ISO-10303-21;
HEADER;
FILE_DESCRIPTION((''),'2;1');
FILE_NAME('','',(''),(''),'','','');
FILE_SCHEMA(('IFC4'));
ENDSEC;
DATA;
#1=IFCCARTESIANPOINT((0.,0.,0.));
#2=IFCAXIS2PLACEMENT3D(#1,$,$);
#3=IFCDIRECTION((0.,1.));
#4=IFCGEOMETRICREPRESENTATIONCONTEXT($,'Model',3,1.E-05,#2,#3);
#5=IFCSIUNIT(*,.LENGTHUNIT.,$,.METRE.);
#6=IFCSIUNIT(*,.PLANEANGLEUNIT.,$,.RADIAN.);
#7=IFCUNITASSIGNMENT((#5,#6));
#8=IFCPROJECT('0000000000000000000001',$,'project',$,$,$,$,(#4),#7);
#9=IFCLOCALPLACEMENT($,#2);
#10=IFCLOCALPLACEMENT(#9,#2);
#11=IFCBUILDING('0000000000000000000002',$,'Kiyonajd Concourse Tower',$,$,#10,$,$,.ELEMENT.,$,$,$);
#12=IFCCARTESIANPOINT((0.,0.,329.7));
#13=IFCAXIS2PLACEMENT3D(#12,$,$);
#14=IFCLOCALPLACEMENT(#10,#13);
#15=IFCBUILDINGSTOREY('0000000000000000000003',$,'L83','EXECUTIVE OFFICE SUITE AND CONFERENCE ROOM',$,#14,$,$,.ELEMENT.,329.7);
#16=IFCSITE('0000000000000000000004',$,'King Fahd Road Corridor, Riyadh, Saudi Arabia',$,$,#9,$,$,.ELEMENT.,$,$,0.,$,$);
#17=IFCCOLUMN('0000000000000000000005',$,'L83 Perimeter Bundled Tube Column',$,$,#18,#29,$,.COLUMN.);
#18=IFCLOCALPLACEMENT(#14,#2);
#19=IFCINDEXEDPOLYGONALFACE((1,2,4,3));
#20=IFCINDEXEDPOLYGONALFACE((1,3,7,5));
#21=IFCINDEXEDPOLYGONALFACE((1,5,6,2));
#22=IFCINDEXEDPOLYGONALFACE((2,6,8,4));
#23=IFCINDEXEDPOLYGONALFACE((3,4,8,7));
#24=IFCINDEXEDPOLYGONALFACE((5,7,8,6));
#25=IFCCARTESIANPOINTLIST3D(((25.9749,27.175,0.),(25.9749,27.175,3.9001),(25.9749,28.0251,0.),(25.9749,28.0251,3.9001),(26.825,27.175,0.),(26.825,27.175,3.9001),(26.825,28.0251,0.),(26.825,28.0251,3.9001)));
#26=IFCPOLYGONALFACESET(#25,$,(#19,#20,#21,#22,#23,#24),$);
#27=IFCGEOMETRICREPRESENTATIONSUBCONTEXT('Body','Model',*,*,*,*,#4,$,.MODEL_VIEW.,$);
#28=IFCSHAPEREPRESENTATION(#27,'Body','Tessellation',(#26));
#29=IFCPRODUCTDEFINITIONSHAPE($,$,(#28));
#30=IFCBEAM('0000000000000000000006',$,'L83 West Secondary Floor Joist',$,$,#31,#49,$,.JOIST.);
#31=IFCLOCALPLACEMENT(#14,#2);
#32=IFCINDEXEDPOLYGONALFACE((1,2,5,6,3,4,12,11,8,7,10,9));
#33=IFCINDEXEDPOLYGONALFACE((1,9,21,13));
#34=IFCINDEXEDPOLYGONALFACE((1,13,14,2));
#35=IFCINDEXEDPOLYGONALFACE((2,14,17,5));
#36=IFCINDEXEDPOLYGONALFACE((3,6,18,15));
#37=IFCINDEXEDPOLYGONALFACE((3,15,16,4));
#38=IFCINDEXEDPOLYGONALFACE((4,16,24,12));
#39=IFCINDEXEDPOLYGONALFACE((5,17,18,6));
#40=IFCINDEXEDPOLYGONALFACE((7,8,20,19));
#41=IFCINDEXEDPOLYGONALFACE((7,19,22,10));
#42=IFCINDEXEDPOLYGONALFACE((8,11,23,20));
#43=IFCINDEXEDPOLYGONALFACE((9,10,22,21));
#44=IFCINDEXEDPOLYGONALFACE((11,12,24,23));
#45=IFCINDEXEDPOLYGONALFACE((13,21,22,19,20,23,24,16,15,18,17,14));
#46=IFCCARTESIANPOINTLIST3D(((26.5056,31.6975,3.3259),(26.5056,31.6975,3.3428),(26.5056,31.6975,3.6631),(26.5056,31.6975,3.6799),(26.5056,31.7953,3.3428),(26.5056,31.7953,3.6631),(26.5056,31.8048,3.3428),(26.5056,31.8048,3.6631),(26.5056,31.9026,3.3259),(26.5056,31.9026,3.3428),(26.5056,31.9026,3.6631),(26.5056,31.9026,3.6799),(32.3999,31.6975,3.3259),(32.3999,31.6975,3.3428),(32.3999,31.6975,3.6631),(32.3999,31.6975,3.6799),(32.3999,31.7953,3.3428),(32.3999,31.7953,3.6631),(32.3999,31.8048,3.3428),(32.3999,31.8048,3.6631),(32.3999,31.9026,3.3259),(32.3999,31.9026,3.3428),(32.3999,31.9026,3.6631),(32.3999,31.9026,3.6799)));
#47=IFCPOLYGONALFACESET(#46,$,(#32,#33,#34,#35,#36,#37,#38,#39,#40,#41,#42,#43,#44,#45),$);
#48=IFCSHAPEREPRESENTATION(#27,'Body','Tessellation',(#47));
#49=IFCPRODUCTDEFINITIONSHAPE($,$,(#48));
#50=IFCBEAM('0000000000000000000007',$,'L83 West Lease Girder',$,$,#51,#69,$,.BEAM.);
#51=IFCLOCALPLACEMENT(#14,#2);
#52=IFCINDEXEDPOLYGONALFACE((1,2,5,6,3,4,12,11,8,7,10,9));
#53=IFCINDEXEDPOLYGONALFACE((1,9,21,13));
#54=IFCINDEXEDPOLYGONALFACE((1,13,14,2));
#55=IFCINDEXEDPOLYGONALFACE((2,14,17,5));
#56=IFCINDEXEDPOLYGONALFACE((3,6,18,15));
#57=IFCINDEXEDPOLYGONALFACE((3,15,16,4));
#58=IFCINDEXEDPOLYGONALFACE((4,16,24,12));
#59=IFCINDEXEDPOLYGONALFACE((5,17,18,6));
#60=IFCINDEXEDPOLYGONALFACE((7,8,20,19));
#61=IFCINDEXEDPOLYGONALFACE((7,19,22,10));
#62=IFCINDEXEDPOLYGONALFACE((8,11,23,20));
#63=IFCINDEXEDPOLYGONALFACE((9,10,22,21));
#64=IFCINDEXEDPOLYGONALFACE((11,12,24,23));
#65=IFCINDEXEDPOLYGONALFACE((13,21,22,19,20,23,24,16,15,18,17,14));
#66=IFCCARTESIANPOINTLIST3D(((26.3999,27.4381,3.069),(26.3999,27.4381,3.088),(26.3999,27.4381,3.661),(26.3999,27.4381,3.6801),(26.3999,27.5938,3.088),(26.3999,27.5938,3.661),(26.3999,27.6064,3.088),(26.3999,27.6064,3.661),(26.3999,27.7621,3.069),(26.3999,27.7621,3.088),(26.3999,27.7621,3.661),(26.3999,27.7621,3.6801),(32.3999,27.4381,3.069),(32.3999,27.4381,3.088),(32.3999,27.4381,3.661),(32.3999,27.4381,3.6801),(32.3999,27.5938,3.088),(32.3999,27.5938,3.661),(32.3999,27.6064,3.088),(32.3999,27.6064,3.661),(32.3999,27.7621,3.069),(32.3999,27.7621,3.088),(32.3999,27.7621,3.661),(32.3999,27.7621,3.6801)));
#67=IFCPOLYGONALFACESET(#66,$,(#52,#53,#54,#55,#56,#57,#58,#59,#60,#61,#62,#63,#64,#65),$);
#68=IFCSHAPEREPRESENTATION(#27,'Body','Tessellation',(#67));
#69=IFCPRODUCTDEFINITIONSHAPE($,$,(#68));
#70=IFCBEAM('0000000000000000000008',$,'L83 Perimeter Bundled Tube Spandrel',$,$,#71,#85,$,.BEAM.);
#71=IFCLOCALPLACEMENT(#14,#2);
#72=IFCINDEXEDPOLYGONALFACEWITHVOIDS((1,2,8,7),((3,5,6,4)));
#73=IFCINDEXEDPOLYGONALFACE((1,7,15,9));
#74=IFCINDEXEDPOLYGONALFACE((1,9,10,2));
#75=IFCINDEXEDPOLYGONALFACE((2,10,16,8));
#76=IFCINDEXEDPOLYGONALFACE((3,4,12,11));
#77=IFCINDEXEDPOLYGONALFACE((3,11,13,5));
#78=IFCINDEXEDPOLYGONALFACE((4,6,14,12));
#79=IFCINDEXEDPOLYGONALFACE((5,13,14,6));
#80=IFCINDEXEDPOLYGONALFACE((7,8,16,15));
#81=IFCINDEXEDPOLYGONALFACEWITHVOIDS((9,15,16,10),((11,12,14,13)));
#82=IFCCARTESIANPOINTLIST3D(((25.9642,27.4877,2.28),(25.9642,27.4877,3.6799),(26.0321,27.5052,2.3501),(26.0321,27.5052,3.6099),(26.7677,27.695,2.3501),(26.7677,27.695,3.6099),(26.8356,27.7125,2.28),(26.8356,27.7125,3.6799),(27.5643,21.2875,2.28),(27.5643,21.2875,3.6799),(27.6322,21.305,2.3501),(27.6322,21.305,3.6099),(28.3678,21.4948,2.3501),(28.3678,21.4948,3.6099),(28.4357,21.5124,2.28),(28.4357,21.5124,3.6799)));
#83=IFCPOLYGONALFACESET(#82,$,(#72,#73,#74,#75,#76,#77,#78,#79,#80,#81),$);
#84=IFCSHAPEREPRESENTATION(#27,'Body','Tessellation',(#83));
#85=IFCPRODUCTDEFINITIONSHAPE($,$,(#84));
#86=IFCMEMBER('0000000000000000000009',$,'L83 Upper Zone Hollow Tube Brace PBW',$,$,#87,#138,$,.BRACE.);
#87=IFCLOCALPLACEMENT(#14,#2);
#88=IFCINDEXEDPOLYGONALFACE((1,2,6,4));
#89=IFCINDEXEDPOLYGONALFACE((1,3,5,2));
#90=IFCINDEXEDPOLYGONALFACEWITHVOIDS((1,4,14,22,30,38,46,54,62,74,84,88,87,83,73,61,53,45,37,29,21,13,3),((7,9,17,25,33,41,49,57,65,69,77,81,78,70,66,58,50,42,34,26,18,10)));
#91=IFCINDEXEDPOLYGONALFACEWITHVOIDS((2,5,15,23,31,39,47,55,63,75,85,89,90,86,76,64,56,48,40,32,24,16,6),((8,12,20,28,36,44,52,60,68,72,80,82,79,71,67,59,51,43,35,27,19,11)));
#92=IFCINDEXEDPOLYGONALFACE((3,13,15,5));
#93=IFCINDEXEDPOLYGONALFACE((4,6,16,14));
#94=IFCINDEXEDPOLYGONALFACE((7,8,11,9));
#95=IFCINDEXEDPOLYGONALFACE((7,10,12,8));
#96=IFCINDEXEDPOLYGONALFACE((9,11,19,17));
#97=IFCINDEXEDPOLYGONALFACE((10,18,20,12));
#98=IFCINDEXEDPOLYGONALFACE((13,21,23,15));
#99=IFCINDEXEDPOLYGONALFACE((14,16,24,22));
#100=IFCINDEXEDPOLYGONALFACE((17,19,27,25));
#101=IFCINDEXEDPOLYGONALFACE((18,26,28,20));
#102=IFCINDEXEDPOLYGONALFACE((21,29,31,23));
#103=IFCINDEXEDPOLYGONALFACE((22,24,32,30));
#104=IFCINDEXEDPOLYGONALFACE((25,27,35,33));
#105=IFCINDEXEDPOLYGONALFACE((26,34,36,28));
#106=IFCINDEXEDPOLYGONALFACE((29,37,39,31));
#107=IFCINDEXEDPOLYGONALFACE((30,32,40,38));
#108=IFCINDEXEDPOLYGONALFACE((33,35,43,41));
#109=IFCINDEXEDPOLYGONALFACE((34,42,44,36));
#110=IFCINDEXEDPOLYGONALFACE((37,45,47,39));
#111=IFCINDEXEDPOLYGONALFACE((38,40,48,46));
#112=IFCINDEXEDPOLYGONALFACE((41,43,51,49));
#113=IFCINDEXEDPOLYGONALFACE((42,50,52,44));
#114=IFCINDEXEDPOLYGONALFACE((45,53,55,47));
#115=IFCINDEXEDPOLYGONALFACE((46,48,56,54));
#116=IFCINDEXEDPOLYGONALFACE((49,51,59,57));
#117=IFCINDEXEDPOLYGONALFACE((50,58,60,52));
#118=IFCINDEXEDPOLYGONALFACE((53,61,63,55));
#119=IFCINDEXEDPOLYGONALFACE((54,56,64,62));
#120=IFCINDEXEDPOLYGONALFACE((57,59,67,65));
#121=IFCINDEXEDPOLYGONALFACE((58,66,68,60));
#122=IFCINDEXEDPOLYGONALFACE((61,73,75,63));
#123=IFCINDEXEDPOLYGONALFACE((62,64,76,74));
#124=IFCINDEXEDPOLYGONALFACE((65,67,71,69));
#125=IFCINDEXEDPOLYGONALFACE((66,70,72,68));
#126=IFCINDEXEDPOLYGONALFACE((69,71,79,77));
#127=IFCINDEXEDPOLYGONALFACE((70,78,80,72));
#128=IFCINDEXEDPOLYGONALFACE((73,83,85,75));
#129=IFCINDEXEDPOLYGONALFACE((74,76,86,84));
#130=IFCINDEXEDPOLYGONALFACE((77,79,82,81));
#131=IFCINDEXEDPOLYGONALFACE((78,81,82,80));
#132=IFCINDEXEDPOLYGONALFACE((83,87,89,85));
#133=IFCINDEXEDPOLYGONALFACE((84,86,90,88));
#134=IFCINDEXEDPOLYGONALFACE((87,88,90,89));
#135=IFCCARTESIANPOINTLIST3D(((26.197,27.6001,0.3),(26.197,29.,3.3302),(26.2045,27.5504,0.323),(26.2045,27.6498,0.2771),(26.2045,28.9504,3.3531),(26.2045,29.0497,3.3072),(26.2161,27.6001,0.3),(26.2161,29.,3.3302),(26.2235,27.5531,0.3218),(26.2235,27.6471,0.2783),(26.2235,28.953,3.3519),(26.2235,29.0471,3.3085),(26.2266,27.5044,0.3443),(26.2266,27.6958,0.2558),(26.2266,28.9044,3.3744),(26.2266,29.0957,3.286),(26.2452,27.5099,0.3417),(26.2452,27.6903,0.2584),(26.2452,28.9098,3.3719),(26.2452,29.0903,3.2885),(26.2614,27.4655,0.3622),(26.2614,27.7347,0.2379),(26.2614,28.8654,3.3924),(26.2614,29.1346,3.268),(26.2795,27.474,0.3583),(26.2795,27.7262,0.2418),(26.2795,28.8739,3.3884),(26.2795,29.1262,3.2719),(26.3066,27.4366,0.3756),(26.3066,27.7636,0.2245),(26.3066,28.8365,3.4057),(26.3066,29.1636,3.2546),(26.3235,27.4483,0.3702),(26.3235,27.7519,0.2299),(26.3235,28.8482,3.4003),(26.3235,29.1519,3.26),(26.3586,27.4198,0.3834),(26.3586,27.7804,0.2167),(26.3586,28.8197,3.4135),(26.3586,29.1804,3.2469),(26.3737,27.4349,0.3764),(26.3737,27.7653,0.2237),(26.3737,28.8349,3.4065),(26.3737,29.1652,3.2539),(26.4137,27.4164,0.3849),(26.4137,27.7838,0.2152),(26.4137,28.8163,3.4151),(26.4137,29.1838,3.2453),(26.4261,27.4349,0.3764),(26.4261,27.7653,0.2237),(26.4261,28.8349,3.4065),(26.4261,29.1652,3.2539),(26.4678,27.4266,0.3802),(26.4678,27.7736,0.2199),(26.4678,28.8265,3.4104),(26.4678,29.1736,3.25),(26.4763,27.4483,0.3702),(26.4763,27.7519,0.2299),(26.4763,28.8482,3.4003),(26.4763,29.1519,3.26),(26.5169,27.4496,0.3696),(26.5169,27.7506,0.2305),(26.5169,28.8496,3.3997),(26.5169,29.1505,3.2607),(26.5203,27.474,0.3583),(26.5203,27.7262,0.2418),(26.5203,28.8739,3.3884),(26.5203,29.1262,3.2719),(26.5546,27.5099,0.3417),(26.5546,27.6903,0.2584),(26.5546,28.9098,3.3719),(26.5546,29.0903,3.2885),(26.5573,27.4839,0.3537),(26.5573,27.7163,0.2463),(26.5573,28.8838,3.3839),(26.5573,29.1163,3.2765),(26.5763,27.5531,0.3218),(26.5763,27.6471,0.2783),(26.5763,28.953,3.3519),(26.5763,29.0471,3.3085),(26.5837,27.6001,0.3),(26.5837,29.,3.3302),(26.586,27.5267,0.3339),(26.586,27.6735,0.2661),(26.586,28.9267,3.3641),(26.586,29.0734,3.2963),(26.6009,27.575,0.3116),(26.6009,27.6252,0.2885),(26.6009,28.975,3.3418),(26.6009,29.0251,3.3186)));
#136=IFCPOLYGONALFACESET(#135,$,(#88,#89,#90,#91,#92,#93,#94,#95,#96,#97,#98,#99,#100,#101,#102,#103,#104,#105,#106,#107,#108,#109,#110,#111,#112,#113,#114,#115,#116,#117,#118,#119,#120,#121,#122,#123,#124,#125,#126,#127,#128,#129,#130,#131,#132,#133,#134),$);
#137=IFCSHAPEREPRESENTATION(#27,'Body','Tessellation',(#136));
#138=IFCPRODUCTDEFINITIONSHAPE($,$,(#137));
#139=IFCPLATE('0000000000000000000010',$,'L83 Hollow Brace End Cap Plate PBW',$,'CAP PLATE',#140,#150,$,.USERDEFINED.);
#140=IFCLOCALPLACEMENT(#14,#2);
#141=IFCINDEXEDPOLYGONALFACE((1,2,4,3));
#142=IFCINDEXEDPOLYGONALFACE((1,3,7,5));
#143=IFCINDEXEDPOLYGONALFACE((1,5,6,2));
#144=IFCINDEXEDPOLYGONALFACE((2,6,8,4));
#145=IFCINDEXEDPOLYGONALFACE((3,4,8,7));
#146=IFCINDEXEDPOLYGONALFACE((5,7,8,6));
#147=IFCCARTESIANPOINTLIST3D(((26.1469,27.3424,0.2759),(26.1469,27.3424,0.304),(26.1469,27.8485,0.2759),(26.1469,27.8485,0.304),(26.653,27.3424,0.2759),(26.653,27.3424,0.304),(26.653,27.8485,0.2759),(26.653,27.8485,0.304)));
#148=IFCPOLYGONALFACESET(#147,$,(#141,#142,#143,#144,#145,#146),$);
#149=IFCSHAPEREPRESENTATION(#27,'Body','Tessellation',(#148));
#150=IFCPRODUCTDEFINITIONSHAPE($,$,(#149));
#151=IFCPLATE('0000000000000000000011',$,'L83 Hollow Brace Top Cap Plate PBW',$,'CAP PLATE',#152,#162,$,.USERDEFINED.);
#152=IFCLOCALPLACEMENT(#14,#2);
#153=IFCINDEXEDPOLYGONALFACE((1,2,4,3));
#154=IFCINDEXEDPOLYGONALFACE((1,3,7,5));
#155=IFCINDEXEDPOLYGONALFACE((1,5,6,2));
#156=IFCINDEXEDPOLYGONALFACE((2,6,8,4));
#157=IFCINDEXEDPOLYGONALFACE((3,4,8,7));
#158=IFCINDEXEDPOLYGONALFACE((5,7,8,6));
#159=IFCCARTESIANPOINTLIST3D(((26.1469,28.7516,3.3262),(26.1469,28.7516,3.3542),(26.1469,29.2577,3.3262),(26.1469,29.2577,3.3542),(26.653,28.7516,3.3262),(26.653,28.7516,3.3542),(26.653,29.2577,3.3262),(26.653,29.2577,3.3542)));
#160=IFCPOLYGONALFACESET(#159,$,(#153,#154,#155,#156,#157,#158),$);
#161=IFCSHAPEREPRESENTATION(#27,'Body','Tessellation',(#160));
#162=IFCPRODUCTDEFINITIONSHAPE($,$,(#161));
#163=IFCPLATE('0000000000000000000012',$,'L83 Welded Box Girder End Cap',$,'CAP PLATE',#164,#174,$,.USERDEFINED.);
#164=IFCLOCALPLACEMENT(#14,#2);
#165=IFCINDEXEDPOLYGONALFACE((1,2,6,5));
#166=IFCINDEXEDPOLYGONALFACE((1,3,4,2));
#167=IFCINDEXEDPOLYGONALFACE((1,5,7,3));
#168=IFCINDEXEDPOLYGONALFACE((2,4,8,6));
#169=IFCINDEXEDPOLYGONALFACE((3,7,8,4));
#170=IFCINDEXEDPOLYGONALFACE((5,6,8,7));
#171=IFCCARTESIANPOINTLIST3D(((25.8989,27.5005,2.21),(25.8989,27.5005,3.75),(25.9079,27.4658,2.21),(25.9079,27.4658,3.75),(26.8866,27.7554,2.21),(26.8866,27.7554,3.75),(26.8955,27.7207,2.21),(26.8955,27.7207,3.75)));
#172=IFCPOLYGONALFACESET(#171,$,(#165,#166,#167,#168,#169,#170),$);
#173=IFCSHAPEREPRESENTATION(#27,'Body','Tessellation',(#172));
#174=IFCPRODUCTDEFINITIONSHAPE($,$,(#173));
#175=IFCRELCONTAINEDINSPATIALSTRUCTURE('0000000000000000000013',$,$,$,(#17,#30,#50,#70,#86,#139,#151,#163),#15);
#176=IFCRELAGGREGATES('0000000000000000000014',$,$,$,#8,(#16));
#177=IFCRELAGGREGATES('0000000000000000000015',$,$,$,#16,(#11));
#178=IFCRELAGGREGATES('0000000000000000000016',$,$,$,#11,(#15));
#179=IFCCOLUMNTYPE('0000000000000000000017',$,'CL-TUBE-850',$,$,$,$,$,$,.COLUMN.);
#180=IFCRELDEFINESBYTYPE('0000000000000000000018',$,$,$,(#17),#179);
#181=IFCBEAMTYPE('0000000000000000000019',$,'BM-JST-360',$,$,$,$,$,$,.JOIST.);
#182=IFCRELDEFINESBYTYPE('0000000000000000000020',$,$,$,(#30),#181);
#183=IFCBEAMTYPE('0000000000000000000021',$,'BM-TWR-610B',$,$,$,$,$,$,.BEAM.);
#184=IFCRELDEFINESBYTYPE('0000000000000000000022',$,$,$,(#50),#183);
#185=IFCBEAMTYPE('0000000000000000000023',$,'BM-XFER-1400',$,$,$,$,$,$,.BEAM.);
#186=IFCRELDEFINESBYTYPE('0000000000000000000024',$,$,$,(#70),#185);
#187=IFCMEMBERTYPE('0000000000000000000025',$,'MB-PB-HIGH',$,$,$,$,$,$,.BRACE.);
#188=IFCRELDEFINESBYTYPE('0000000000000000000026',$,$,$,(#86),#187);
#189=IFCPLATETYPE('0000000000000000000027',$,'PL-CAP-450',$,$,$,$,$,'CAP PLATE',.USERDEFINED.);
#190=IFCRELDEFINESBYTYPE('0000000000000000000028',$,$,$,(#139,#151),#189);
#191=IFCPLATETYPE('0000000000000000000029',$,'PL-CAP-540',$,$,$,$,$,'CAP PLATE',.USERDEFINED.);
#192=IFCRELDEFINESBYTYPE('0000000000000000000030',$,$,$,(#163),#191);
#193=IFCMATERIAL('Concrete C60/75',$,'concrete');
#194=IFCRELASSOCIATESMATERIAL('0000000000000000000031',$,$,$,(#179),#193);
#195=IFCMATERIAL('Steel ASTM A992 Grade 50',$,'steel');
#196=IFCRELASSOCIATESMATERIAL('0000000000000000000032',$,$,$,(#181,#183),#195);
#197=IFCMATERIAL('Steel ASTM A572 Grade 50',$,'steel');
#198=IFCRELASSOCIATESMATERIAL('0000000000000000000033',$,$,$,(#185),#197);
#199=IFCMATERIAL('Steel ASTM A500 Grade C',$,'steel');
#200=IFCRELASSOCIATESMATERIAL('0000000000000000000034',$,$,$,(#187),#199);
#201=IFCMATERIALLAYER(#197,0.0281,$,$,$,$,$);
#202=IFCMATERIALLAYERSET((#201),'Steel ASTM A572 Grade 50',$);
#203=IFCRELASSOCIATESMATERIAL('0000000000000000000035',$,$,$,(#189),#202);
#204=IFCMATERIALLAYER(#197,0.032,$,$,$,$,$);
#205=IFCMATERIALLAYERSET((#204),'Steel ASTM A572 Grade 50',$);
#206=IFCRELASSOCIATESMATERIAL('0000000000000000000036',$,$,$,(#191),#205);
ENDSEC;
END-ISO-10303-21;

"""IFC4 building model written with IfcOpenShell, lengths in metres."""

from ifc_helpers import new_model, si_unit, direction, frame, origin, origin_2d, place, context, subcontext, project, spatial, rectangle, hollow_rectangle, hollow_circle, i_section, extrude, material, layer, layer_set, material_profile, profile_set, type_object, element, save


model = new_model("IFC4")

# Units and contexts
model_context = context("Model", 3, precision=1e-05, world=origin(), true_north=direction((0.0, 1.0)))
body_context = subcontext(model_context, "Body", "Model", "MODEL_VIEW")
ifc_project = project(units=[si_unit("LENGTHUNIT", "METRE"), si_unit("PLANEANGLEUNIT", "RADIAN")], contexts=[model_context])

# Site, building, storey
site_placement = place(None, origin())
site = spatial("IfcSite", under=ifc_project, at=site_placement, Name="King Fahd Road Corridor, Riyadh, Saudi Arabia", CompositionType="ELEMENT", RefElevation=0.0)
building_placement = place(site_placement, origin())
building = spatial("IfcBuilding", under=site, at=building_placement, Name="Kiyonajd Concourse Tower", CompositionType="ELEMENT")
storey_placement = place(building_placement, frame((0.0, 0.0, 329.7)))
storey = spatial("IfcBuildingStorey", under=building, at=storey_placement, Name="L83", Description="EXECUTIVE OFFICE SUITE AND CONFERENCE ROOM", CompositionType="ELEMENT", Elevation=329.7)

# Column
ifc_material_1 = material(Name="Concrete C60/75", Category="concrete")
ifc_material_profile_1 = material_profile(ifc_material_1, rectangle(XDim=0.8501, YDim=0.8501, at=origin_2d()), Name="RC-850x850")
ifc_profile_set_1 = profile_set([ifc_material_profile_1], Name="Concrete C60/75")
column_type = type_object("IfcColumnType", Name="CL-TUBE-850", PredefinedType="COLUMN", material=ifc_profile_set_1)
column_placement = place(storey_placement, frame((26.3999, 27.6001, 0.0), z_axis=(0.0, 0.0, 1.0), x_axis=(1.0, 0.0, 0.0)))
element("IfcColumn", 1, at=column_placement, inside=storey, type_object=column_type, Name="L83 Perimeter Bundled Tube Column", PredefinedType="COLUMN", context=body_context, shape_type="SweptSolid", body=[
    extrude(rectangle(XDim=0.8501, YDim=0.8501, at=origin_2d()), origin(), (0.0, 0.0, 1.0), 3.9001),
])

# Beams
ifc_material_2 = material(Name="Steel ASTM A992 Grade 50", Category="steel")
ifc_material_profile_2 = material_profile(ifc_material_2, i_section(OverallWidth=0.2051, OverallDepth=0.354, WebThickness=0.0095, FlangeThickness=0.0168, at=origin_2d()), Name="W360X79")
ifc_profile_set_2 = profile_set([ifc_material_profile_2], Name="Steel ASTM A992 Grade 50")
beam_type_1 = type_object("IfcBeamType", Name="BM-JST-360", PredefinedType="JOIST", material=ifc_profile_set_2)
beam_1_placement = place(storey_placement, frame((26.5056, 31.8, 3.5029), z_axis=(1.0, 0.0, 0.0), x_axis=(0.0, 1.0, 0.0)))
element("IfcBeam", 2, at=beam_1_placement, inside=storey, type_object=beam_type_1, Name="L83 West Secondary Floor Joist", PredefinedType="JOIST", context=body_context, shape_type="SweptSolid", body=[
    extrude(i_section(OverallWidth=0.2051, OverallDepth=0.354, WebThickness=0.0095, FlangeThickness=0.0168, at=origin_2d()), origin(), (0.0, 0.0, 1.0), 5.8943),
])
ifc_material_profile_3 = material_profile(ifc_material_2, i_section(OverallWidth=0.324, OverallDepth=0.6111, WebThickness=0.0127, FlangeThickness=0.019, at=origin_2d()), Name="W610X155")
ifc_profile_set_3 = profile_set([ifc_material_profile_3], Name="Steel ASTM A992 Grade 50")
beam_type_2 = type_object("IfcBeamType", Name="BM-TWR-610B", PredefinedType="BEAM", material=ifc_profile_set_3)
beam_2_placement = place(storey_placement, frame((26.3999, 27.6001, 3.3745), z_axis=(1.0, 0.0, 0.0), x_axis=(0.0, 1.0, 0.0)))
element("IfcBeam", 3, at=beam_2_placement, inside=storey, type_object=beam_type_2, Name="L83 West Lease Girder", PredefinedType="BEAM", context=body_context, shape_type="SweptSolid", body=[
    extrude(i_section(OverallWidth=0.324, OverallDepth=0.6111, WebThickness=0.0127, FlangeThickness=0.019, at=origin_2d()), origin(), (0.0, 0.0, 1.0), 6.0),
])
ifc_material_3 = material(Name="Steel ASTM A572 Grade 50", Category="steel")
ifc_material_profile_4 = material_profile(ifc_material_3, hollow_rectangle(XDim=0.8999, YDim=1.3999, WallThickness=0.0701, at=origin_2d()), Name="BOX-1400x900x70")
ifc_profile_set_4 = profile_set([ifc_material_profile_4], Name="Steel ASTM A572 Grade 50")
beam_type_3 = type_object("IfcBeamType", Name="BM-XFER-1400", PredefinedType="BEAM", material=ifc_profile_set_4)
beam_3_placement = place(storey_placement, frame((26.3999, 27.6001, 2.98), z_axis=(0.249885, -0.968276, 0.0), x_axis=(0.968276, 0.249885, 0.0)))
element("IfcBeam", 4, at=beam_3_placement, inside=storey, type_object=beam_type_3, Name="L83 Perimeter Bundled Tube Spandrel", PredefinedType="BEAM", context=body_context, shape_type="SweptSolid", body=[
    extrude(hollow_rectangle(XDim=0.8999, YDim=1.3999, WallThickness=0.0701, at=origin_2d()), origin(), (0.0, 0.0, 1.0), 6.4033),
])

# Member
ifc_material_4 = material(Name="Steel ASTM A500 Grade C", Category="steel")
ifc_material_profile_5 = material_profile(ifc_material_4, hollow_circle(Radius=0.2029, WallThickness=0.019, at=origin_2d()), Name="CHS-406x19")
ifc_profile_set_5 = profile_set([ifc_material_profile_5], Name="Steel ASTM A500 Grade C")
member_type = type_object("IfcMemberType", Name="MB-PB-HIGH", PredefinedType="BRACE", material=ifc_profile_set_5)
member_placement = place(storey_placement, frame((26.3999, 27.6001, 0.3), z_axis=(0.0, 0.419411, 0.907797), x_axis=(-1.0, 0.0, 0.0)))
element("IfcMember", 5, at=member_placement, inside=storey, type_object=member_type, Name="L83 Upper Zone Hollow Tube Brace PBW", PredefinedType="BRACE", context=body_context, shape_type="SweptSolid", body=[
    extrude(hollow_circle(Radius=0.2029, WallThickness=0.019, at=origin_2d()), origin(), (0.0, 0.0, 1.0), 3.3379),
])

# Plates
ifc_layer_1 = layer(ifc_material_3, 0.0281)
ifc_layer_set_1 = layer_set([ifc_layer_1], Name="Steel ASTM A572 Grade 50")
plate_type_1 = type_object("IfcPlateType", Name="PL-CAP-450", ElementType="CAP PLATE", PredefinedType="USERDEFINED", material=ifc_layer_set_1)
for number, where, z_axis, x_axis, name in (
    (6, (26.3999, 27.5955, 0.2759), (0.0, 0.0, 1.0), (1.0, 0.0, 0.0), "L83 Hollow Brace End Cap Plate PBW"),
    (7, (26.3999, 29.0046, 3.3262), (0.0, 0.0, 1.0), (1.0, 0.0, 0.0), "L83 Hollow Brace Top Cap Plate PBW"),
):
    element("IfcPlate", number, at=place(storey_placement, frame(where, z_axis=z_axis, x_axis=x_axis)), inside=storey, type_object=plate_type_1, Name=name, ObjectType="CAP PLATE", PredefinedType="USERDEFINED", context=body_context, shape_type="SweptSolid", body=[
        extrude(rectangle(XDim=0.5061, YDim=0.5061, at=origin_2d()), origin(), (0.0, 0.0, 1.0), 0.0281),
    ])
ifc_layer_2 = layer(ifc_material_3, 0.032)
ifc_layer_set_2 = layer_set([ifc_layer_2], Name="Steel ASTM A572 Grade 50")
plate_type_2 = type_object("IfcPlateType", Name="PL-CAP-540", ElementType="CAP PLATE", PredefinedType="USERDEFINED", material=ifc_layer_set_2)
plate_placement = place(storey_placement, frame((26.3972, 27.6106, 2.21), z_axis=(0.0, 0.0, 1.0), x_axis=(-0.249873, 0.968279, 0.0)))
element("IfcPlate", 8, at=plate_placement, inside=storey, type_object=plate_type_2, Name="L83 Welded Box Girder End Cap", ObjectType="CAP PLATE", PredefinedType="USERDEFINED", context=body_context, shape_type="SweptSolid", body=[
    extrude(rectangle(XDim=0.0359, YDim=1.02, at=origin_2d()), origin(), (0.0, 0.0, 1.0), 1.54),
])

save(model, "model.ifc")
